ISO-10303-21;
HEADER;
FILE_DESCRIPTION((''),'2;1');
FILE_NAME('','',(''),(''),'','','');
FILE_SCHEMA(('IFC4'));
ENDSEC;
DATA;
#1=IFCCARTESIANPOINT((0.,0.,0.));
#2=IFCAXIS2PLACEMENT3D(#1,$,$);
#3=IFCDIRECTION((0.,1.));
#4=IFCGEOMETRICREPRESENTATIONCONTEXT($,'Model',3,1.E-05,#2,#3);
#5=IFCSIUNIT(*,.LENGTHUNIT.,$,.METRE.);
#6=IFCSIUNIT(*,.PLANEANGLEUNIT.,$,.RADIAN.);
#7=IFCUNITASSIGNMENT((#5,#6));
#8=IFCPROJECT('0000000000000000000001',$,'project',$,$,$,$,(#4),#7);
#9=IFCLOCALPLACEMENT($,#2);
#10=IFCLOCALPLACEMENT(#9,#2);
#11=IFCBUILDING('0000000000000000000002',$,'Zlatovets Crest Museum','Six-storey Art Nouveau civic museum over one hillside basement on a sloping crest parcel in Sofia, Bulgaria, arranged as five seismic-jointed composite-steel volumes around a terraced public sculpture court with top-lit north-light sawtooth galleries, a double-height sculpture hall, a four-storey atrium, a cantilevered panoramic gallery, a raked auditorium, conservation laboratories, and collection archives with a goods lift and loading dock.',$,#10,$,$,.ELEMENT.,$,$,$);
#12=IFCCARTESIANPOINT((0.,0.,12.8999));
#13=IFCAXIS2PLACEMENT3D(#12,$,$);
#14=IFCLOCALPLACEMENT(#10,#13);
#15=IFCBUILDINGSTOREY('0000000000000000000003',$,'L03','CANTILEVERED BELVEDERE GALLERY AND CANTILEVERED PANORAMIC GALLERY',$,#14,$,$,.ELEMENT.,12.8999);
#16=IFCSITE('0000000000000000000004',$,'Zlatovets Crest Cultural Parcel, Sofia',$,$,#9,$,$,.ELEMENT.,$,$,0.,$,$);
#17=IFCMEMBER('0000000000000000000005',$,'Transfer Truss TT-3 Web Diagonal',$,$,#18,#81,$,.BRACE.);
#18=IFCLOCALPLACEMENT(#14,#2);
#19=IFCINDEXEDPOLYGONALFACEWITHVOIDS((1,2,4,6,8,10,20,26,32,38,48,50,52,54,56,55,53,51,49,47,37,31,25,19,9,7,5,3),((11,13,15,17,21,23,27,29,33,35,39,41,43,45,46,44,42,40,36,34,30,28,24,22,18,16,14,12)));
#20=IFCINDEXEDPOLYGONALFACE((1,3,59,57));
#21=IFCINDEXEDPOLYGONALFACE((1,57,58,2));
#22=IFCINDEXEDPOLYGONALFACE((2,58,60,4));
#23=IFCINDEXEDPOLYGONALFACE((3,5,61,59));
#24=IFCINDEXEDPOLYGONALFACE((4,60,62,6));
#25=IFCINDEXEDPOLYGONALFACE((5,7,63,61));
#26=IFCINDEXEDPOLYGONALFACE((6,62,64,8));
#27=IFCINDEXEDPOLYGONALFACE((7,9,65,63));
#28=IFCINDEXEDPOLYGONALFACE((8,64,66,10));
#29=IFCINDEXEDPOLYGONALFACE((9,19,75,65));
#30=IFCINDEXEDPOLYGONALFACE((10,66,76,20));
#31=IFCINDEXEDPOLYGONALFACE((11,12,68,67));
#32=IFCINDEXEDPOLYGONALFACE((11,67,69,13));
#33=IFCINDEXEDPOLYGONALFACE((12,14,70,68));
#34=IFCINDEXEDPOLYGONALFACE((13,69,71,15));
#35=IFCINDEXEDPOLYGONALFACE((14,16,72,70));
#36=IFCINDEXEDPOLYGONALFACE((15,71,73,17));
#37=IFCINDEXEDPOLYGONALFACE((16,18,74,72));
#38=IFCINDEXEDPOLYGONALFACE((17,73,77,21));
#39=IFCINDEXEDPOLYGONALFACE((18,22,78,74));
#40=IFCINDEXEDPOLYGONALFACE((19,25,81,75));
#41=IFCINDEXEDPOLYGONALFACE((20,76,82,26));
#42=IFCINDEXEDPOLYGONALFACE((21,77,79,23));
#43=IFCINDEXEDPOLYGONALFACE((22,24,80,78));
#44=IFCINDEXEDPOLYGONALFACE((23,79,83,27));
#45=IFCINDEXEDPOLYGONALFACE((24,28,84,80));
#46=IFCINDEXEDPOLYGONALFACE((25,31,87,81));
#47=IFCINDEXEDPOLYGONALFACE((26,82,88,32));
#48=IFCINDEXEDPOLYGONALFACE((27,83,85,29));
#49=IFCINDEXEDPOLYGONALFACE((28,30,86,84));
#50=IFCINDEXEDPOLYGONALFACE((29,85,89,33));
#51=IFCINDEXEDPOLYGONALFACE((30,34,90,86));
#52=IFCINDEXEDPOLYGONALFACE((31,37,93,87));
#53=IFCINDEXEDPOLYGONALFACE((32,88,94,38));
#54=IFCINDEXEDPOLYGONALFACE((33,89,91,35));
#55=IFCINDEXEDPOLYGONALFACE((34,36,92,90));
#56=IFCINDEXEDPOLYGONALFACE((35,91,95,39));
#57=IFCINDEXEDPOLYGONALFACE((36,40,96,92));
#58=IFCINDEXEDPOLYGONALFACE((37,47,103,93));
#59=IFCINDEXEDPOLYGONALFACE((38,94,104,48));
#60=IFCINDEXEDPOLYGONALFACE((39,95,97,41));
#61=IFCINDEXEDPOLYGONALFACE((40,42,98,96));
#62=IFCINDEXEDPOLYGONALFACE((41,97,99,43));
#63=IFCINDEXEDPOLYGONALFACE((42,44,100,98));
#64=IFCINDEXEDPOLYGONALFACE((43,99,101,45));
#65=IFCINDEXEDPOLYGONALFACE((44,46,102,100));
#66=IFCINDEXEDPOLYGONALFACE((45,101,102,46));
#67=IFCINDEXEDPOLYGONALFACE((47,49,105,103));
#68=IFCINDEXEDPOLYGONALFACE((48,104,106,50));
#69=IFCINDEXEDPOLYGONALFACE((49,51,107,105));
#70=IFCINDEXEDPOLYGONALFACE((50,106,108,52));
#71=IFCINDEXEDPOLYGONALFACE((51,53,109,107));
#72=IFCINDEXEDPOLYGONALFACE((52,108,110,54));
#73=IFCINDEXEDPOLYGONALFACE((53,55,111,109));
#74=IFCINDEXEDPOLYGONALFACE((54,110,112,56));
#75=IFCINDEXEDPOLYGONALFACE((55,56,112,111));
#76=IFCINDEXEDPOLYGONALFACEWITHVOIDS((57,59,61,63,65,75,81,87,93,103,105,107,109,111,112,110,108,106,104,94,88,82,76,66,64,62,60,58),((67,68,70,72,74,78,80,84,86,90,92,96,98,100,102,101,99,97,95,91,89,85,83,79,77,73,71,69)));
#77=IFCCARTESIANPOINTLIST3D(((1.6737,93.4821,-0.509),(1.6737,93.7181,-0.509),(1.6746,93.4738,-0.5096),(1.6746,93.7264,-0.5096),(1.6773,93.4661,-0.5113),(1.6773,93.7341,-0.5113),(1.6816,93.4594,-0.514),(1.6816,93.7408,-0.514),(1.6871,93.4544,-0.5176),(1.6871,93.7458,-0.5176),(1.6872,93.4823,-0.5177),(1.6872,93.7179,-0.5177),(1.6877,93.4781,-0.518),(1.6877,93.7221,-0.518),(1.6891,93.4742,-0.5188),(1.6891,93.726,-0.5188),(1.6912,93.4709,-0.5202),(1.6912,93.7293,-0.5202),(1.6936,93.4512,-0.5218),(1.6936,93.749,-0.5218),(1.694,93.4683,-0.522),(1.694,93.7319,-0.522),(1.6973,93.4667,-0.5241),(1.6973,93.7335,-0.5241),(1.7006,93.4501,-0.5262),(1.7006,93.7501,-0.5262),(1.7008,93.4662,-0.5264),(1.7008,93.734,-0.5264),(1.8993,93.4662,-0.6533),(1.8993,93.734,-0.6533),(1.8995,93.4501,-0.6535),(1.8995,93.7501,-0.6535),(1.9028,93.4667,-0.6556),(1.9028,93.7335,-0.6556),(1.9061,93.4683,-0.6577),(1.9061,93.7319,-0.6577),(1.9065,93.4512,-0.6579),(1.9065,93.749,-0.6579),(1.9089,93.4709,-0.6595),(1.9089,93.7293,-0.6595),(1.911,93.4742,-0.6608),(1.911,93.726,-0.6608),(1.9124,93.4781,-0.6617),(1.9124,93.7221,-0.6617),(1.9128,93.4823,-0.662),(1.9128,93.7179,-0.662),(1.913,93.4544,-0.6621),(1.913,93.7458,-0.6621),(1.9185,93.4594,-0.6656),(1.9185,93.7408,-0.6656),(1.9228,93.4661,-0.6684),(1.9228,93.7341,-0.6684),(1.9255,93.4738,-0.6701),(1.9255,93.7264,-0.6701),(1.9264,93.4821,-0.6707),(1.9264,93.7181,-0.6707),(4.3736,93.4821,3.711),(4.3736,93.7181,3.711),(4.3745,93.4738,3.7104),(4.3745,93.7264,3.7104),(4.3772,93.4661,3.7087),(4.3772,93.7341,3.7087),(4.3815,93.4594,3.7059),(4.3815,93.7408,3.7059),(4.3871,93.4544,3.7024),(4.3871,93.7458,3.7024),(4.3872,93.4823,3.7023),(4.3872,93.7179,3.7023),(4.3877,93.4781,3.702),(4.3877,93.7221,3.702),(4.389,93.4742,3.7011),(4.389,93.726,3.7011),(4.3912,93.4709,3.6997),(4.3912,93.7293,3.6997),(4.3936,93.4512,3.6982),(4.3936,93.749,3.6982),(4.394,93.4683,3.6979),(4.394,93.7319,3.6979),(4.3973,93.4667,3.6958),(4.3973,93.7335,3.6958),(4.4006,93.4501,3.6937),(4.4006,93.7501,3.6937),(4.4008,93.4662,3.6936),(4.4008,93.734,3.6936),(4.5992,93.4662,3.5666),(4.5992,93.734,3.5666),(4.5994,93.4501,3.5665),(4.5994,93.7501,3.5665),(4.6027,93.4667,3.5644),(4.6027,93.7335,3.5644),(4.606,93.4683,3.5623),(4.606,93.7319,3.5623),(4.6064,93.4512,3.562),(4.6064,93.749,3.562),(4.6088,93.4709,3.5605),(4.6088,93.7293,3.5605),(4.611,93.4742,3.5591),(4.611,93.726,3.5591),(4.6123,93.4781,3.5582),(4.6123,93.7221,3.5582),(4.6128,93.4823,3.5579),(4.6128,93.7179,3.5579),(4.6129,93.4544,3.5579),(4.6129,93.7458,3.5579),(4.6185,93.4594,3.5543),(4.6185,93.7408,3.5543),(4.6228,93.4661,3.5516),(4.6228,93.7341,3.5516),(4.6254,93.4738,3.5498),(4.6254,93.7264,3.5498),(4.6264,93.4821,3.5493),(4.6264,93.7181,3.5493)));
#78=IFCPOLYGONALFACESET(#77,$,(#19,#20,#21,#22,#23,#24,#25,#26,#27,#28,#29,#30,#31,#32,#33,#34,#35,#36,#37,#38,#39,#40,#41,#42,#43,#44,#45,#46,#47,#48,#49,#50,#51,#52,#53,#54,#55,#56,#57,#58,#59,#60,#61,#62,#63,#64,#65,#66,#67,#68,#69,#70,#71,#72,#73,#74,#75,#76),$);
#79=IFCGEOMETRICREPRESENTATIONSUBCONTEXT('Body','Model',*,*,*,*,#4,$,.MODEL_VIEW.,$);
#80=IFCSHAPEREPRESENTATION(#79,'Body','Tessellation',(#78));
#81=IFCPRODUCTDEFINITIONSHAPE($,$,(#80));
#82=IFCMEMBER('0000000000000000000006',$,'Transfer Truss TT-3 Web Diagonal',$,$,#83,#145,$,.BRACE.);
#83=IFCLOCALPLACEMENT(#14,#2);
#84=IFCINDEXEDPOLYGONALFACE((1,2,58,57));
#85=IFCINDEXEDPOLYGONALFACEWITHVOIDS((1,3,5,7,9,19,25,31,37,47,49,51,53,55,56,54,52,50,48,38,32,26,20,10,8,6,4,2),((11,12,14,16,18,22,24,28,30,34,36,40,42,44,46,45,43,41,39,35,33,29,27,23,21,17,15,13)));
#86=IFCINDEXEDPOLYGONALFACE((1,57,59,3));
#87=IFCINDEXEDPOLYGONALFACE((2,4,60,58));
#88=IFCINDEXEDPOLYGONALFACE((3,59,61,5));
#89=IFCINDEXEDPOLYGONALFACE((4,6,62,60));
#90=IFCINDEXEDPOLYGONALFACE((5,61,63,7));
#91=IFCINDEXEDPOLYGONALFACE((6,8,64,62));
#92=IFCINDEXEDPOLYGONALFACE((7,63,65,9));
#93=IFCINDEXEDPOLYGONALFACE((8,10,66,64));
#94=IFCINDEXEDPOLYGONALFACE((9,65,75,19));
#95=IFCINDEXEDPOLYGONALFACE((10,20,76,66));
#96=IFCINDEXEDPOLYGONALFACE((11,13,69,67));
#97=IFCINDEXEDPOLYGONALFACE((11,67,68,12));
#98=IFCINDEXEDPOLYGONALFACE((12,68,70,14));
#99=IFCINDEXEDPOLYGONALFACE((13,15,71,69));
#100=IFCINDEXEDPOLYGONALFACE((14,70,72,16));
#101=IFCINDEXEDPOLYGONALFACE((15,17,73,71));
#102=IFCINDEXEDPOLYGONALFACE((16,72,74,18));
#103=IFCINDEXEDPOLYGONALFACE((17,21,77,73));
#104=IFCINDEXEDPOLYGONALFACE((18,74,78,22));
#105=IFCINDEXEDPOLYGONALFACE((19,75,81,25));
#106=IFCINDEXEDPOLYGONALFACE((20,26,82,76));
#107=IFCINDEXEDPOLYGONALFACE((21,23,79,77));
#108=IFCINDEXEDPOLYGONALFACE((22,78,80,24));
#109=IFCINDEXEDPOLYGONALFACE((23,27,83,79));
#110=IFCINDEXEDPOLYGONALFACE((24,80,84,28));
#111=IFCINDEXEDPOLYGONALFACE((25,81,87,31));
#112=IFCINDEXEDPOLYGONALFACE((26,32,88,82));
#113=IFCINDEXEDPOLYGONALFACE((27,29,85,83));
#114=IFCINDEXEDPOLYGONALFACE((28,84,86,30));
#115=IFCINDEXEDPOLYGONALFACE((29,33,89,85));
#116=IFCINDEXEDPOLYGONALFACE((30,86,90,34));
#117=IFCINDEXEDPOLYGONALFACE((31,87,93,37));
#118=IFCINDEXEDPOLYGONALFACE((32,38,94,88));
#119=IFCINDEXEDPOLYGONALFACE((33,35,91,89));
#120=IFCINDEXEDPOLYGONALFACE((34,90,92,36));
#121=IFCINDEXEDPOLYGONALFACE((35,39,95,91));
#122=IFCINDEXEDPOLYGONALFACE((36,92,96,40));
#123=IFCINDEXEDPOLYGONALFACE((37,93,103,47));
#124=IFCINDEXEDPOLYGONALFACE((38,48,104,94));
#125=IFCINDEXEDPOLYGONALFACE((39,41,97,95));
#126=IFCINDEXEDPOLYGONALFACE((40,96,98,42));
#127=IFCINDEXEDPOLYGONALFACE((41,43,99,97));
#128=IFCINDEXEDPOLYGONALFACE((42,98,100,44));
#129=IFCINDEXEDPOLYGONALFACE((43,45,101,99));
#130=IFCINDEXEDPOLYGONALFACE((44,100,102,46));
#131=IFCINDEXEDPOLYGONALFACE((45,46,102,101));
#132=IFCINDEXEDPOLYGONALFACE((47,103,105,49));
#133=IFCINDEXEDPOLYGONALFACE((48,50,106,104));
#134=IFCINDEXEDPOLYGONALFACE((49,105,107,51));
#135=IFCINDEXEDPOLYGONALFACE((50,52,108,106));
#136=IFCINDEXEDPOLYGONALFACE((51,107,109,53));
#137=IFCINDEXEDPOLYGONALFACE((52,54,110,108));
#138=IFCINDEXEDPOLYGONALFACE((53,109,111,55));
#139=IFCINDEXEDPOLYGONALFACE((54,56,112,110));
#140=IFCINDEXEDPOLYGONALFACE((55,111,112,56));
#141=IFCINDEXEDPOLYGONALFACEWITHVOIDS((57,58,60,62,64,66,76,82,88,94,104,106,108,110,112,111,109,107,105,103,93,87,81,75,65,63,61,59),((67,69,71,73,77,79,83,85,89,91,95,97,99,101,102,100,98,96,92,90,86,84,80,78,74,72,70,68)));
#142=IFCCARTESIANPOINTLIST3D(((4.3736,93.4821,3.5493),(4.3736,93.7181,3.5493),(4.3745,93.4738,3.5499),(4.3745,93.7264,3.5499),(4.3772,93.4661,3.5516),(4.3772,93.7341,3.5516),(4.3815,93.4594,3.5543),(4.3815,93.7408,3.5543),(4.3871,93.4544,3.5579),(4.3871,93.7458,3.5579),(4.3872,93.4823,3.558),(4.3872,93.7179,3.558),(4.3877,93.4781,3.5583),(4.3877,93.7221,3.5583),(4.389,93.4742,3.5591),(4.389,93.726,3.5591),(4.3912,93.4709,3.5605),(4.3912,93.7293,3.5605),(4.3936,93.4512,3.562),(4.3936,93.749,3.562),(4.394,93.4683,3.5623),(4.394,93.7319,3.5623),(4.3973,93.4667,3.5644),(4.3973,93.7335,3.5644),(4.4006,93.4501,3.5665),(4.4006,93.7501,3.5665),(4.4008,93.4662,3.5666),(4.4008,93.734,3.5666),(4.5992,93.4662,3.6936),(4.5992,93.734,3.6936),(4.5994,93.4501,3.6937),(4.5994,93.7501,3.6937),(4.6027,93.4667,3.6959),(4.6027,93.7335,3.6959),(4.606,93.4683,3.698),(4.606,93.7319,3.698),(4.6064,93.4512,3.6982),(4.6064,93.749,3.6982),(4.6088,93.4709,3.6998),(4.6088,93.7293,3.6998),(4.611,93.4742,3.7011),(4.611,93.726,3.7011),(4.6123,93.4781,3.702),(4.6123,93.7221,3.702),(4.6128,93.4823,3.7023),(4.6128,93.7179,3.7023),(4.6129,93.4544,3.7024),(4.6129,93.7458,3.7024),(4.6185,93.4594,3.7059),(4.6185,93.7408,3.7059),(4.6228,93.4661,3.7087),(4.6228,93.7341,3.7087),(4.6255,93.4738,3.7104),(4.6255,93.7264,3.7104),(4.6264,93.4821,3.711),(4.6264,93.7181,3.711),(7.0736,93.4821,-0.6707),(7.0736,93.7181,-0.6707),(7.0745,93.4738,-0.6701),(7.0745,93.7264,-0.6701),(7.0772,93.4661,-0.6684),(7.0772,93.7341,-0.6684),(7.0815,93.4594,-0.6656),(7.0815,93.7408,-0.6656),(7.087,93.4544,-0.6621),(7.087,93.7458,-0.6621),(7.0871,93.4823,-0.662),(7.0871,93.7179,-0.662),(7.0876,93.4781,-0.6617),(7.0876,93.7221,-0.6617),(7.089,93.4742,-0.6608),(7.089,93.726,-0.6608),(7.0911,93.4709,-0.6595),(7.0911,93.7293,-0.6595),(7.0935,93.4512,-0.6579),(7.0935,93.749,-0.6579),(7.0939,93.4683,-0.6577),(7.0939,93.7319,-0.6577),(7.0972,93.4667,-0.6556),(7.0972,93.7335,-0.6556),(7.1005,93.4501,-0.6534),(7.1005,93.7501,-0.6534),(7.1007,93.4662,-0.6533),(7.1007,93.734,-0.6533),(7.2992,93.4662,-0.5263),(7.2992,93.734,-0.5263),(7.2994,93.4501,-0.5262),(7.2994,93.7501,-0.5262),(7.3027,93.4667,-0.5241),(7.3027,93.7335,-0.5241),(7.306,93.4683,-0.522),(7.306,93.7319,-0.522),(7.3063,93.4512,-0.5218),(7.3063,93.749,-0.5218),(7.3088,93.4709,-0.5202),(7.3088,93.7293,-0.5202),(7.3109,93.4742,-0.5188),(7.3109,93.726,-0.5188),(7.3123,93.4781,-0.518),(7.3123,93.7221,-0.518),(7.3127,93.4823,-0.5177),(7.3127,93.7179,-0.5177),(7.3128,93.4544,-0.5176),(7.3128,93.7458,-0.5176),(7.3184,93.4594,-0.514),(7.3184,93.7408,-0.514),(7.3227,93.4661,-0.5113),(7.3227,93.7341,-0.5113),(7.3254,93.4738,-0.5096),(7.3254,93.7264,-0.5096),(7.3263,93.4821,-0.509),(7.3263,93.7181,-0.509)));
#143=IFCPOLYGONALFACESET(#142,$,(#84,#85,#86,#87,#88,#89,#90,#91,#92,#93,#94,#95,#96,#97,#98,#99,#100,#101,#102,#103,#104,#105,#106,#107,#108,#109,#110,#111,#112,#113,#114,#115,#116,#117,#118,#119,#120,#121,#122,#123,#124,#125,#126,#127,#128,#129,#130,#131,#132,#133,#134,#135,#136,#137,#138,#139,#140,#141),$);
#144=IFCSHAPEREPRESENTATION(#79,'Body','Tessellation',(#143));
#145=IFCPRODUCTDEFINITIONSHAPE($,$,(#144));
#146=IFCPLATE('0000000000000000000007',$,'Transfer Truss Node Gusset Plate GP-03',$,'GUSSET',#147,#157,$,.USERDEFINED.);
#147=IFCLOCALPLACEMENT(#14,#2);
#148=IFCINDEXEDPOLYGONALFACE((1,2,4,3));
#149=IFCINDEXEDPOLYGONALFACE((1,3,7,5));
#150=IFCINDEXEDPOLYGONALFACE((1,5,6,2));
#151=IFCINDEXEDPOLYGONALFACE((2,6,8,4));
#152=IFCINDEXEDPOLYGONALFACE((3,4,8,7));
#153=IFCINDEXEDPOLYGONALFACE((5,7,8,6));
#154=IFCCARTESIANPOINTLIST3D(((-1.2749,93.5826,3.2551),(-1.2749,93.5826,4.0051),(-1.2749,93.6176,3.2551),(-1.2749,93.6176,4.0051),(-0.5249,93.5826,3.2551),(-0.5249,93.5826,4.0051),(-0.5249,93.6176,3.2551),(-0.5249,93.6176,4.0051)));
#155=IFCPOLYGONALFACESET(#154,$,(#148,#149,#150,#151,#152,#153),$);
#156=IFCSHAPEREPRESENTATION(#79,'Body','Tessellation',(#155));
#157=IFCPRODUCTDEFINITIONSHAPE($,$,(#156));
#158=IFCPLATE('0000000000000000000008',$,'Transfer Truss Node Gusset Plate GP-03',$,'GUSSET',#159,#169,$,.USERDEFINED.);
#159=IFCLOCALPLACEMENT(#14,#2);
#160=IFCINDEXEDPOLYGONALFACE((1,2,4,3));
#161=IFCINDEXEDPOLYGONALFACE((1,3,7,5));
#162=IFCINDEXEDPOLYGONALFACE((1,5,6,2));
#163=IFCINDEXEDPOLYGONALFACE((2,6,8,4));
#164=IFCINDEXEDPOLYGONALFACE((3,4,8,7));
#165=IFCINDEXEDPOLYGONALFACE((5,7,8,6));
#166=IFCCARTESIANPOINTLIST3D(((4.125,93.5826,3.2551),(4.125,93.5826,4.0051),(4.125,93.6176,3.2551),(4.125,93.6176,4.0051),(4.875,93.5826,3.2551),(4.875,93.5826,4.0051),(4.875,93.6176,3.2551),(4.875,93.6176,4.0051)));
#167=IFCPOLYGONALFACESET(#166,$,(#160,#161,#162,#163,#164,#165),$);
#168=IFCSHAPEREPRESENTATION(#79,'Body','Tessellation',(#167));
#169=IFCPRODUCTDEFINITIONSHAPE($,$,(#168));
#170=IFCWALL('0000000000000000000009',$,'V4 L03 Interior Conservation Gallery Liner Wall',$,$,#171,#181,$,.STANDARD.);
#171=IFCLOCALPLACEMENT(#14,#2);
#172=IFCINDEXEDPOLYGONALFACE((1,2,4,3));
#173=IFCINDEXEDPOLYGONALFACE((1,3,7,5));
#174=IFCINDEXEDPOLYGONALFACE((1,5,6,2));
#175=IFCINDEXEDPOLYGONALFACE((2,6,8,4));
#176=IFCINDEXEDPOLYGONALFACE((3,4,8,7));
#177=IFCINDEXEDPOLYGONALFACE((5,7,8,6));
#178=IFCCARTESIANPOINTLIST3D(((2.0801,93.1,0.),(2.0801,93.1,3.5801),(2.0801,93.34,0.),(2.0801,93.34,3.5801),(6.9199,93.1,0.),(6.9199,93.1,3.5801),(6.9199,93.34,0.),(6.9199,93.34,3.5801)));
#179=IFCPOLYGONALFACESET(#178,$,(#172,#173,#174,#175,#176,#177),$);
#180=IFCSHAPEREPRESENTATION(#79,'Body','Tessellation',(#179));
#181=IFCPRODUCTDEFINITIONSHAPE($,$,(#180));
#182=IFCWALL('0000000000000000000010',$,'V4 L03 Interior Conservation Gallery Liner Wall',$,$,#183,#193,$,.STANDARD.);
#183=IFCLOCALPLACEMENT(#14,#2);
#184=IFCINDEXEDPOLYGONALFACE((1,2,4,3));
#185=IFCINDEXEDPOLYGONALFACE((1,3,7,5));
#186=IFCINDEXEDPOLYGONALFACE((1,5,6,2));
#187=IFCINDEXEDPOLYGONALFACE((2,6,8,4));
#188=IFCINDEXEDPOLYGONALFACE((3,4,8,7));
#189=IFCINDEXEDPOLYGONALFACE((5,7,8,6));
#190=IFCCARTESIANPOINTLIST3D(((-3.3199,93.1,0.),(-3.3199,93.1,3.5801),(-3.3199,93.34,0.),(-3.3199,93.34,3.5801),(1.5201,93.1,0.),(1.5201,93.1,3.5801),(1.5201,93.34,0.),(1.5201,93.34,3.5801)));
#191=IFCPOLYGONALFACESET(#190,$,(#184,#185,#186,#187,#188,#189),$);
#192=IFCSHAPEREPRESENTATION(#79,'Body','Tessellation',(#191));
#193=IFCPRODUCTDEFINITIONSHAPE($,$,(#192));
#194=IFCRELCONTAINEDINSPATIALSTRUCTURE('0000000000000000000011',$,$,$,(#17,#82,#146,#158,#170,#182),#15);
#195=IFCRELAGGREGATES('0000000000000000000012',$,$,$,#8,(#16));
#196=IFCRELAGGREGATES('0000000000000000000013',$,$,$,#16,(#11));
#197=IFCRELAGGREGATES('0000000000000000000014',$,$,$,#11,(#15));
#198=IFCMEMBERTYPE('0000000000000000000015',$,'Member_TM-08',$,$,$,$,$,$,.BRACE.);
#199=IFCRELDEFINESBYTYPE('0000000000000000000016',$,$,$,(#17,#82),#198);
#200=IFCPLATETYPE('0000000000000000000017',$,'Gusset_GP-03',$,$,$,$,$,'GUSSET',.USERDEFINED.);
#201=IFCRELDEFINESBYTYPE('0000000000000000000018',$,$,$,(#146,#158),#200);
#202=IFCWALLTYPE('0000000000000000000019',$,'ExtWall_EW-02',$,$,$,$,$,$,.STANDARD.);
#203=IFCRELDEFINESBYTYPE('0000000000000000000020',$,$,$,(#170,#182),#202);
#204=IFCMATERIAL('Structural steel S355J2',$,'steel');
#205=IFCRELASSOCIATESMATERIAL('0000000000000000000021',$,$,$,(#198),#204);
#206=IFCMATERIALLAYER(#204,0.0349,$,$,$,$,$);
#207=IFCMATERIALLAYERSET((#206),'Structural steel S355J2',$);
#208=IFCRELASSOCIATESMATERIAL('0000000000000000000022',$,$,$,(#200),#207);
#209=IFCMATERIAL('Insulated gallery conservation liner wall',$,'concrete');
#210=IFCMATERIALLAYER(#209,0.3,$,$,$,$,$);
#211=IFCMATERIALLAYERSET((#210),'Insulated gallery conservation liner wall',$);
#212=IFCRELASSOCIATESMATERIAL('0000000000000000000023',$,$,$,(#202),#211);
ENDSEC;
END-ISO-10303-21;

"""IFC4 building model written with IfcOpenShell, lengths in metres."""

from ifc_helpers import new_model, si_unit, direction, frame, frame_2d, origin, origin_2d, place, context, subcontext, project, spatial, rectangle, hollow_rectangle, extrude, material, layer, layer_set, material_profile, profile_set, type_object, element, save


model = new_model("IFC4")

# Units and contexts
model_context = context("Model", 3, precision=1e-05, world=origin(), true_north=direction((0.0, 1.0)))
body_context = subcontext(model_context, "Body", "Model", "MODEL_VIEW")
ifc_project = project(units=[si_unit("LENGTHUNIT", "METRE"), si_unit("PLANEANGLEUNIT", "RADIAN")], contexts=[model_context])

# Site, building, storey
site_placement = place(None, origin())
site = spatial("IfcSite", under=ifc_project, at=site_placement, Name="Zlatovets Crest Cultural Parcel, Sofia", CompositionType="ELEMENT", RefElevation=0.0)
building_placement = place(site_placement, origin())
building = spatial("IfcBuilding", under=site, at=building_placement, Name="Zlatovets Crest Museum", Description="Six-storey Art Nouveau civic museum over one hillside basement on a sloping crest parcel in Sofia, Bulgaria, arranged as five seismic-jointed composite-steel volumes around a terraced public sculpture court with top-lit north-light sawtooth galleries, a double-height sculpture hall, a four-storey atrium, a cantilevered panoramic gallery, a raked auditorium, conservation laboratories, and collection archives with a goods lift and loading dock.", CompositionType="ELEMENT")
storey_placement = place(building_placement, frame((0.0, 0.0, 12.8999)))
storey = spatial("IfcBuildingStorey", under=building, at=storey_placement, Name="L03", Description="CANTILEVERED BELVEDERE GALLERY AND CANTILEVERED PANORAMIC GALLERY", CompositionType="ELEMENT", Elevation=12.8999)

# Shared definitions
ifc_material_1 = material(Name="Structural steel S355J2", Category="steel")

# Members
ifc_material_profile_1 = material_profile(ifc_material_1, hollow_rectangle(XDim=0.3, YDim=0.3, WallThickness=0.0161, InnerFilletRadius=0.0161, OuterFilletRadius=0.032, at=origin_2d()), Name="SHS 300x300x16.0")
ifc_profile_set_1 = profile_set([ifc_material_profile_1], Name="Structural steel S355J2")
member_type_1 = type_object("IfcMemberType", Name="Member_TM-08", PredefinedType="BRACE", material=ifc_profile_set_1)
for number, where, z_axis, x_axis, name in (
    (1, (1.8, 93.6001, -0.5898), (0.538936, 0.0, 0.842347), (0.0, 1.0, 0.0), "Transfer Truss TT-3 Web Diagonal"),
    (2, (4.5, 93.6001, 3.6301), (0.538936, 0.0, -0.842347), (0.0, 1.0, 0.0), "Transfer Truss TT-3 Web Diagonal"),
):
    element("IfcMember", number, at=place(storey_placement, frame(where, z_axis=z_axis, x_axis=x_axis)), inside=storey, type_object=member_type_1, Name=name, PredefinedType="BRACE", context=body_context, shape_type="SweptSolid", body=[
        extrude(hollow_rectangle(XDim=0.3, YDim=0.3, WallThickness=0.0161, InnerFilletRadius=0.0161, OuterFilletRadius=0.032, at=origin_2d()), origin(), (0.0, 0.0, 1.0), 5.0098),
    ])

# Plates
ifc_layer_1 = layer(ifc_material_1, 0.0349)
ifc_layer_set_1 = layer_set([ifc_layer_1], Name="Structural steel S355J2")
plate_type = type_object("IfcPlateType", Name="Gusset_GP-03", ElementType="GUSSET", PredefinedType="USERDEFINED", material=ifc_layer_set_1)
for number, where, z_axis, x_axis, name in (
    (3, (-0.8999, 93.6001, 3.2551), (0.0, 0.0, 1.0), (1.0, 0.0, 0.0), "Transfer Truss Node Gusset Plate GP-03"),
    (4, (4.5, 93.6001, 3.2551), (0.0, 0.0, 1.0), (1.0, 0.0, 0.0), "Transfer Truss Node Gusset Plate GP-03"),
):
    element("IfcPlate", number, at=place(storey_placement, frame(where, z_axis=z_axis, x_axis=x_axis)), inside=storey, type_object=plate_type, Name=name, ObjectType="GUSSET", PredefinedType="USERDEFINED", context=body_context, shape_type="SweptSolid", body=[
        extrude(rectangle(XDim=0.75, YDim=0.0349, at=origin_2d()), origin(), (0.0, 0.0, 1.0), 0.75),
    ])

# Walls
ifc_material_2 = material(Name="Insulated gallery conservation liner wall", Category="concrete")
ifc_layer_2 = layer(ifc_material_2, 0.3)
ifc_layer_set_2 = layer_set([ifc_layer_2], Name="Insulated gallery conservation liner wall")
wall_type_1 = type_object("IfcWallType", Name="ExtWall_EW-02", PredefinedType="STANDARD", material=ifc_layer_set_2)
wall_1_placement = place(storey_placement, frame((6.9199, 93.22, 0.0), z_axis=(0.0, 0.0, 1.0), x_axis=(-1.0, 0.0, 0.0)))
element("IfcWall", 5, at=wall_1_placement, inside=storey, type_object=wall_type_1, Name="V4 L03 Interior Conservation Gallery Liner Wall", PredefinedType="STANDARD", context=body_context, shape_type="SweptSolid", body=[
    extrude(rectangle(XDim=4.8398, YDim=0.24, at=frame_2d((2.4199, 0.0))), origin(), (0.0, 0.0, 1.0), 3.5801),
])
wall_2_placement = place(storey_placement, frame((1.52, 93.22, 0.0), z_axis=(0.0, 0.0, 1.0), x_axis=(-1.0, 0.0, 0.0)))
element("IfcWall", 6, at=wall_2_placement, inside=storey, type_object=wall_type_1, Name="V4 L03 Interior Conservation Gallery Liner Wall", PredefinedType="STANDARD", context=body_context, shape_type="SweptSolid", body=[
    extrude(rectangle(XDim=4.8401, YDim=0.24, at=frame_2d((2.4199, 0.0))), origin(), (0.0, 0.0, 1.0), 3.5801),
])

save(model, "model.ifc")
